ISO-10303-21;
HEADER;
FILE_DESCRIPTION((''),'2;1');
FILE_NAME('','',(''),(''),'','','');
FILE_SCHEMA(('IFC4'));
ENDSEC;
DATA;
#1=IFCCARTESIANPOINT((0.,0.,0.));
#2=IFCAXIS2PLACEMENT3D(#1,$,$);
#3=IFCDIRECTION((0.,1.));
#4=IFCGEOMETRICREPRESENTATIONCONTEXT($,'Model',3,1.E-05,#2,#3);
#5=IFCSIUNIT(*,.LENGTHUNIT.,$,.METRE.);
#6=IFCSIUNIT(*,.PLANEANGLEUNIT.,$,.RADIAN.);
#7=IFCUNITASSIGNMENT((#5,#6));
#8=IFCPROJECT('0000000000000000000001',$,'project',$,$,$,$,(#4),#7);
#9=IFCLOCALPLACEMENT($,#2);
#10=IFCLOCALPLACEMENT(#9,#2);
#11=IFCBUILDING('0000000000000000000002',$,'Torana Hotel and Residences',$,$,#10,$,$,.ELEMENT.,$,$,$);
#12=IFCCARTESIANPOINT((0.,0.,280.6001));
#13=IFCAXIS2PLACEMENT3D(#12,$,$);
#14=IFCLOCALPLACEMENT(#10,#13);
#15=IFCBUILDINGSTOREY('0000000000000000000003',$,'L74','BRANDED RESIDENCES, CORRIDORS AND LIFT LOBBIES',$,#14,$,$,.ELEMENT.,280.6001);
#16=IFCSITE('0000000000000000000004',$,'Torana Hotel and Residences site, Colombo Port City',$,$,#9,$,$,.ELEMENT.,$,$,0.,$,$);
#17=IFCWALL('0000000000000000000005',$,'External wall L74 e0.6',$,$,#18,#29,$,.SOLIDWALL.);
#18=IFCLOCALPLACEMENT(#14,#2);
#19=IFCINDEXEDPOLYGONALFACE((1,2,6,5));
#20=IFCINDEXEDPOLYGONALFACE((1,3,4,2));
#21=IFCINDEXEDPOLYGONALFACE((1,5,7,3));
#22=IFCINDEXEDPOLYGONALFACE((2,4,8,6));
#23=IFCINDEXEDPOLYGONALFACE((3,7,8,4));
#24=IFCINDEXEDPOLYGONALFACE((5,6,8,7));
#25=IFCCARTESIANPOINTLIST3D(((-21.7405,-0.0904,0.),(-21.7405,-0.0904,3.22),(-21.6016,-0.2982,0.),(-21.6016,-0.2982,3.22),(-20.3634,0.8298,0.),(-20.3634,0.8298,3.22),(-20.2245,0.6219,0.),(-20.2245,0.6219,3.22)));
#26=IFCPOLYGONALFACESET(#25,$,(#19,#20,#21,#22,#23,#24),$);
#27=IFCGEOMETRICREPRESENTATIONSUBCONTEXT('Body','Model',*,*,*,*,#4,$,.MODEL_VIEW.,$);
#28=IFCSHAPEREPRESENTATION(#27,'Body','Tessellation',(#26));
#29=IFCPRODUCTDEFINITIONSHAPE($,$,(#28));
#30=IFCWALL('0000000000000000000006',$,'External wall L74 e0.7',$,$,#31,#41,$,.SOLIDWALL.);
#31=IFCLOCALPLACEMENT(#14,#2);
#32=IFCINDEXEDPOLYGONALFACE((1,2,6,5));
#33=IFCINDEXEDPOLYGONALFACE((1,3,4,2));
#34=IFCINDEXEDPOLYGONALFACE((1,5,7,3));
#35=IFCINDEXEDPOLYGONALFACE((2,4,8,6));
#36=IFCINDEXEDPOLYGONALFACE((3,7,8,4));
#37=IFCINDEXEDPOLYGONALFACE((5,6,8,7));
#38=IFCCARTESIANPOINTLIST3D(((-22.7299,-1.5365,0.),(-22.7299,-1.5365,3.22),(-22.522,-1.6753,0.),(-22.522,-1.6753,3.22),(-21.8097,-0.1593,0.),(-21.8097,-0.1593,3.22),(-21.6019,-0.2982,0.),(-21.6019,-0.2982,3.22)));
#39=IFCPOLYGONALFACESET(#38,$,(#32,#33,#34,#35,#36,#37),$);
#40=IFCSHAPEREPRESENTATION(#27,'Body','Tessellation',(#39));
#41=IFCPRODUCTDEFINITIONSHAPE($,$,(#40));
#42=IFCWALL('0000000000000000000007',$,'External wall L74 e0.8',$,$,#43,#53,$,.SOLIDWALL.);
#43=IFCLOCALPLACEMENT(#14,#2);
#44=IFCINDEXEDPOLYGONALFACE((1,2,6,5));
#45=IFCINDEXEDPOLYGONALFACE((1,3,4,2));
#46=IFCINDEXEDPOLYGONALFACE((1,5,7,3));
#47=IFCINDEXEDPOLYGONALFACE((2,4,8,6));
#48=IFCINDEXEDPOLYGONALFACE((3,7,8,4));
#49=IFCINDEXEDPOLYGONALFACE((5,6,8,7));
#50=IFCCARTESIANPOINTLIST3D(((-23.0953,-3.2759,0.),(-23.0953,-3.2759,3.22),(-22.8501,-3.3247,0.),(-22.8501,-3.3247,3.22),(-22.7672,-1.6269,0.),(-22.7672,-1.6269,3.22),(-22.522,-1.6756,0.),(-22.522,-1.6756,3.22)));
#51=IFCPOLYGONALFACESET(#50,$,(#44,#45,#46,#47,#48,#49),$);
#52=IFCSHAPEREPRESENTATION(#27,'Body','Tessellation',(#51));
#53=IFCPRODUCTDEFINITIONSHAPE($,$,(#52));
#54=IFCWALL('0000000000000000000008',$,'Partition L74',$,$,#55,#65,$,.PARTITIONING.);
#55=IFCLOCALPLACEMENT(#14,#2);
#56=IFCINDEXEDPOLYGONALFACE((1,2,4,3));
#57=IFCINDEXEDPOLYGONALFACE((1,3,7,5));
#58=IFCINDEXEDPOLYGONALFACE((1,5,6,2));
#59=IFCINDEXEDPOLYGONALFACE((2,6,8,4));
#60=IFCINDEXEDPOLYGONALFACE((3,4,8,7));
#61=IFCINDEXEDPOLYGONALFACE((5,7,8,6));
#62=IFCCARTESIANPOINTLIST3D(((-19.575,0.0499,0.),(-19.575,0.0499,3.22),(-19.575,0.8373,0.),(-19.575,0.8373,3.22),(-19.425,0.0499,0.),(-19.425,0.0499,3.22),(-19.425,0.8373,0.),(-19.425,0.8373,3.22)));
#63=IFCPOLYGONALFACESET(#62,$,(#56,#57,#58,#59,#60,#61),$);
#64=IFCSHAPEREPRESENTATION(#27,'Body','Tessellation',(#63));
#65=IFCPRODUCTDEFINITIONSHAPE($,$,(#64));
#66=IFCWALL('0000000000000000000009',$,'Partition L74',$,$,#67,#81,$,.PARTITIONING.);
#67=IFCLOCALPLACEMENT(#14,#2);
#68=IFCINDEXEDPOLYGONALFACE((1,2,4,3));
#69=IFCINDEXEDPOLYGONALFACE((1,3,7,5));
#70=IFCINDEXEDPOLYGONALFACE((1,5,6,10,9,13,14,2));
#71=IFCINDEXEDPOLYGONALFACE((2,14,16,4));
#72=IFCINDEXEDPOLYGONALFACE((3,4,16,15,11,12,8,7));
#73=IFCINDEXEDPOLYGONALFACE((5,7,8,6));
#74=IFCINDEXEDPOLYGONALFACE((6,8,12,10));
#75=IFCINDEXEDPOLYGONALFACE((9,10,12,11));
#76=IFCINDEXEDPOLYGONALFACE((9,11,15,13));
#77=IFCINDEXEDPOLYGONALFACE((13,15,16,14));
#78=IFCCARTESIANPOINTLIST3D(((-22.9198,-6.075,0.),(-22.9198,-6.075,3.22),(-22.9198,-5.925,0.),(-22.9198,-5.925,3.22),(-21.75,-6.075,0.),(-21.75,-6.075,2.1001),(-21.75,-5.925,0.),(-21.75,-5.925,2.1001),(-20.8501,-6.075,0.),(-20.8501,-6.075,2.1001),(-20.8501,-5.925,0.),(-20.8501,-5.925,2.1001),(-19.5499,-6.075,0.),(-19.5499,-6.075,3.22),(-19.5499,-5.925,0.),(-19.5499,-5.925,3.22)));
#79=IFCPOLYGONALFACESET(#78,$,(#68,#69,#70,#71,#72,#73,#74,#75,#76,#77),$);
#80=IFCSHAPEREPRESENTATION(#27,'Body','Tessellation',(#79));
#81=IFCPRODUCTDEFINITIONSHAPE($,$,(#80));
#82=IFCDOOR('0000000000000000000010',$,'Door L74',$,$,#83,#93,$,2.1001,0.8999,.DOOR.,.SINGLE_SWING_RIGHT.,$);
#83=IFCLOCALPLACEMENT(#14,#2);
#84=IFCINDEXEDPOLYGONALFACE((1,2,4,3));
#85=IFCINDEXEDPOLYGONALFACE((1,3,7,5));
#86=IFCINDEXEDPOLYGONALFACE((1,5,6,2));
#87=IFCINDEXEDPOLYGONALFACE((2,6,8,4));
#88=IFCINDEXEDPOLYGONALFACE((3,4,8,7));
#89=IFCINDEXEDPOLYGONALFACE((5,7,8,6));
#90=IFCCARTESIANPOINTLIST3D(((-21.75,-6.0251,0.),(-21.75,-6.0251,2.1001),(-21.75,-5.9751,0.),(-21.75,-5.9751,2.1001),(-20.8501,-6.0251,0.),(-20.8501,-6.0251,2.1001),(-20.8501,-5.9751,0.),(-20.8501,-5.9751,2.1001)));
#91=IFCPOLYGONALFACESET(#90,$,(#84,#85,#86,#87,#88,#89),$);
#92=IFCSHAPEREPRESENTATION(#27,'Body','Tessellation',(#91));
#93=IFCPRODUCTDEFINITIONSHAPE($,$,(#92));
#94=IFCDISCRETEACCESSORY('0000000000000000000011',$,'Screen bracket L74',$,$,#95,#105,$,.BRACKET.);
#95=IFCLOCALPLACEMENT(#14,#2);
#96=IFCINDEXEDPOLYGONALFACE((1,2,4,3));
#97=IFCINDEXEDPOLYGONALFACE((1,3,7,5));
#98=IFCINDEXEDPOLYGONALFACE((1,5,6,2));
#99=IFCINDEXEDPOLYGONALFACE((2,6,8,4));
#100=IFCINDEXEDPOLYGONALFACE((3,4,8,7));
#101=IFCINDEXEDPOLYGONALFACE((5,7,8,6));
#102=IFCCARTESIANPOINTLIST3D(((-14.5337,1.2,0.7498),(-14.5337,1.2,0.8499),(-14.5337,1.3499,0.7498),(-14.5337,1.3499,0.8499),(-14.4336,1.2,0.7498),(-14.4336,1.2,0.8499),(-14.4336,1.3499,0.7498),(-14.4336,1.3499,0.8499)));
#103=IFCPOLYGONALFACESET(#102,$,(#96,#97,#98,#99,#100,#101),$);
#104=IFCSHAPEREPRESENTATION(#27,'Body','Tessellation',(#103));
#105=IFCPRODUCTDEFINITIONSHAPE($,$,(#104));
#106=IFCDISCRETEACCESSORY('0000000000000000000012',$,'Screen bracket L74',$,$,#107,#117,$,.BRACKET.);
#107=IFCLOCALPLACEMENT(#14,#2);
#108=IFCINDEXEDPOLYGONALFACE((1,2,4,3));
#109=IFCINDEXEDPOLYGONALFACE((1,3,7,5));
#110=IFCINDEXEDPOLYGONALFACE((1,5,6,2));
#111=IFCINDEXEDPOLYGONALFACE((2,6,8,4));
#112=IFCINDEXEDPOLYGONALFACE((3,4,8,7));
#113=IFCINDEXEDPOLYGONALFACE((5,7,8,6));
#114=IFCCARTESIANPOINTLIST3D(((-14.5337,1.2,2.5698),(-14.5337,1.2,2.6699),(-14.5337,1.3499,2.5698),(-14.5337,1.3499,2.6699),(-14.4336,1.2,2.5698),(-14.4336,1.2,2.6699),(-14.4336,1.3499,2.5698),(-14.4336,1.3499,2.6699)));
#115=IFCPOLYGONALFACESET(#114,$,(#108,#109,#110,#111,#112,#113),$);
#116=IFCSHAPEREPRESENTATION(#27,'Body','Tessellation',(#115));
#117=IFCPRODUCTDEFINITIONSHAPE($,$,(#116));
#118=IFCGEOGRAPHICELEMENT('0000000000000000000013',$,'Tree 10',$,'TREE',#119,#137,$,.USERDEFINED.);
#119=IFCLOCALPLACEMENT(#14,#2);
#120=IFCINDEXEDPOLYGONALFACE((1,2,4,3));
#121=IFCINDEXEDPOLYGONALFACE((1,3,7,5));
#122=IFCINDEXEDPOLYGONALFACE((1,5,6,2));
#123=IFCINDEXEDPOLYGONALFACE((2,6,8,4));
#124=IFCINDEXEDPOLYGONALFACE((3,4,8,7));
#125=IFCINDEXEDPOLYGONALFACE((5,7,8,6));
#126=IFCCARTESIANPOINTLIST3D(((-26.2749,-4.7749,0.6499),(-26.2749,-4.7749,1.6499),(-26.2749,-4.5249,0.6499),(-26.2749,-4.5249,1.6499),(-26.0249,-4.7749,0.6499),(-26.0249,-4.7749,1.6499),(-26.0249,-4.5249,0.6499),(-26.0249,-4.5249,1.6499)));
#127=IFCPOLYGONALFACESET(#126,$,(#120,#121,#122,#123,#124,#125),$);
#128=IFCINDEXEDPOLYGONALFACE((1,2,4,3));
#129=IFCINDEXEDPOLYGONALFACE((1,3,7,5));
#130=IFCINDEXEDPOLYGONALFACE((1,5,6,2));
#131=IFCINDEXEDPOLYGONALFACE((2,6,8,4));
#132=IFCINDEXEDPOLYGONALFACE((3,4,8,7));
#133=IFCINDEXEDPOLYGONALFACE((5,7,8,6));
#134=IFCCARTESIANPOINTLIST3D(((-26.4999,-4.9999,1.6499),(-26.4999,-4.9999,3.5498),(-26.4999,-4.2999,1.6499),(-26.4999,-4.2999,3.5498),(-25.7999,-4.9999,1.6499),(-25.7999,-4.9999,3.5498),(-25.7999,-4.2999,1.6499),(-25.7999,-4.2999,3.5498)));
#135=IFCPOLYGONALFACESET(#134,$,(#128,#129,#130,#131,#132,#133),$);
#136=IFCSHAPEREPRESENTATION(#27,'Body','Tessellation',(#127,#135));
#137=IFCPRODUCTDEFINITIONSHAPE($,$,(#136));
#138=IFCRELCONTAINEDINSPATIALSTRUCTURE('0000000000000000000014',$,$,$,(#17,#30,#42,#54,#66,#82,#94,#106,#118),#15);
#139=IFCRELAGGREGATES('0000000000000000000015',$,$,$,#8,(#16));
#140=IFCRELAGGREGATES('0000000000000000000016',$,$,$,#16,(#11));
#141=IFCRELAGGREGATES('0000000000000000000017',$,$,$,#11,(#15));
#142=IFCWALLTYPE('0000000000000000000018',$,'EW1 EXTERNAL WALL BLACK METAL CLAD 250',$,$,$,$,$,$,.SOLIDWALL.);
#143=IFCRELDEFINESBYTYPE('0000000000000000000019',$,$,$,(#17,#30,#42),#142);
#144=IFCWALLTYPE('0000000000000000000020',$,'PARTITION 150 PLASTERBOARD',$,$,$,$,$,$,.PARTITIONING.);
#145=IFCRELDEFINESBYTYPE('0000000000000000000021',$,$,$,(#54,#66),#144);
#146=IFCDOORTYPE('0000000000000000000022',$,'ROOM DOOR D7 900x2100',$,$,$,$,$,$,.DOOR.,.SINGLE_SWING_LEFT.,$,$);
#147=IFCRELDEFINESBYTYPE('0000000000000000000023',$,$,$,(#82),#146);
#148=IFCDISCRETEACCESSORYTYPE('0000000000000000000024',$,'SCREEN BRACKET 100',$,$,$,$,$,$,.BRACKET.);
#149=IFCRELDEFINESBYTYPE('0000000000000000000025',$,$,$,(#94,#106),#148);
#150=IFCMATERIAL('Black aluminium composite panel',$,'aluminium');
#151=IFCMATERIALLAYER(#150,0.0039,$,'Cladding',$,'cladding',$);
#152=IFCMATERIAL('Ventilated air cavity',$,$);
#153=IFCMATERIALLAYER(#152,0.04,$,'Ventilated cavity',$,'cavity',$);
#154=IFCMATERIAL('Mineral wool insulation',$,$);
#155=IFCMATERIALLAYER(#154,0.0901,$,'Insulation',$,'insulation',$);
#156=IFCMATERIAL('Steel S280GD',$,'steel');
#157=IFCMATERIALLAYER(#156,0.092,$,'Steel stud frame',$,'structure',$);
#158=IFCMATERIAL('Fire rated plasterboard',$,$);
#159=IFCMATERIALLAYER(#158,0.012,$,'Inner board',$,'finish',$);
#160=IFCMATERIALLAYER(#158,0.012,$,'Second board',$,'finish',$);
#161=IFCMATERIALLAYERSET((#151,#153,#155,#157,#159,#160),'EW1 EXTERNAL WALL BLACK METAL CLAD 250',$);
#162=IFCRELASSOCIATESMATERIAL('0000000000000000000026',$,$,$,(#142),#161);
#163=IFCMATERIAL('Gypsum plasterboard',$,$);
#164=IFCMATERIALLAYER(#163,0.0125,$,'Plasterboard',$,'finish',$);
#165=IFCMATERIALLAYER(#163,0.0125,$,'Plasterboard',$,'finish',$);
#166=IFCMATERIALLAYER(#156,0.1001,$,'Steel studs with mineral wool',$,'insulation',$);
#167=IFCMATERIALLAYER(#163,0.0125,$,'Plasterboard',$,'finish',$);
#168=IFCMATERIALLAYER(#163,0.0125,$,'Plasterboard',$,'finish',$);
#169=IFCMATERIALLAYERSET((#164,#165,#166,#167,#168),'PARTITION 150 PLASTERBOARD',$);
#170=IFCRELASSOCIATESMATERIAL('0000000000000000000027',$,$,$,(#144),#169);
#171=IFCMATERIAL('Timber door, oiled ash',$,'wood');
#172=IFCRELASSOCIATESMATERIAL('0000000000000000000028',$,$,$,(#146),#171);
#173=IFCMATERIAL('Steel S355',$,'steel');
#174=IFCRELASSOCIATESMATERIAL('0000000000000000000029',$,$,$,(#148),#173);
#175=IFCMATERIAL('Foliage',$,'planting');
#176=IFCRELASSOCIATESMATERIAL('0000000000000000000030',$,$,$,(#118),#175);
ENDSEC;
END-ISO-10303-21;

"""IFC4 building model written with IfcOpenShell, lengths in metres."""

from ifc_helpers import new_model, si_unit, direction, frame, frame_2d, origin, origin_2d, place, context, subcontext, project, spatial, rectangle, extrude, material, layer, layer_set, type_object, element, fill, save


model = new_model("IFC4")

# Units and contexts
model_context = context("Model", 3, precision=1e-05, world=origin(), true_north=direction((0.0, 1.0)))
body_context = subcontext(model_context, "Body", "Model", "MODEL_VIEW")
ifc_project = project(units=[si_unit("LENGTHUNIT", "METRE"), si_unit("PLANEANGLEUNIT", "RADIAN")], contexts=[model_context])

# Site, building, storey
site_placement = place(None, origin())
site = spatial("IfcSite", under=ifc_project, at=site_placement, Name="Torana Hotel and Residences site, Colombo Port City", CompositionType="ELEMENT", RefElevation=0.0)
building_placement = place(site_placement, origin())
building = spatial("IfcBuilding", under=site, at=building_placement, Name="Torana Hotel and Residences", CompositionType="ELEMENT")
storey_placement = place(building_placement, frame((0.0, 0.0, 280.6001)))
storey = spatial("IfcBuildingStorey", under=building, at=storey_placement, Name="L74", Description="BRANDED RESIDENCES, CORRIDORS AND LIFT LOBBIES", CompositionType="ELEMENT", Elevation=280.6001)

# Walls
ifc_material_1 = material(Name="Black aluminium composite panel", Category="aluminium")
ifc_layer_1 = layer(ifc_material_1, 0.0039, Name="Cladding", Category="cladding")
ifc_material_2 = material(Name="Ventilated air cavity")
ifc_layer_2 = layer(ifc_material_2, 0.04, Name="Ventilated cavity", Category="cavity")
ifc_material_3 = material(Name="Mineral wool insulation")
ifc_layer_3 = layer(ifc_material_3, 0.0901, Name="Insulation", Category="insulation")
ifc_material_4 = material(Name="Steel S280GD", Category="steel")
ifc_layer_4 = layer(ifc_material_4, 0.092, Name="Steel stud frame", Category="structure")
ifc_material_5 = material(Name="Fire rated plasterboard")
ifc_layer_5 = layer(ifc_material_5, 0.012, Name="Inner board", Category="finish")
ifc_layer_6 = layer(ifc_material_5, 0.012, Name="Second board", Category="finish")
ifc_layer_set_1 = layer_set([ifc_layer_1, ifc_layer_2, ifc_layer_3, ifc_layer_4, ifc_layer_5, ifc_layer_6], Name="EW1 EXTERNAL WALL BLACK METAL CLAD 250")
wall_type_1 = type_object("IfcWallType", Name="EW1 EXTERNAL WALL BLACK METAL CLAD 250", PredefinedType="SOLIDWALL", material=ifc_layer_set_1)
for number, where, z_axis, x_axis, name in (
    (1, (-20.2939, 0.7258, 0.0), (0.0, 0.0, 1.0), (-0.831483, -0.55555, 0.0), "External wall L74 e0.6"),
    (2, (-21.7058, -0.2288, 0.0), (0.0, 0.0, 1.0), (-0.55555, -0.831483, 0.0), "External wall L74 e0.7"),
):
    element("IfcWall", number, at=place(storey_placement, frame(where, z_axis=z_axis, x_axis=x_axis)), inside=storey, type_object=wall_type_1, Name=name, PredefinedType="SOLIDWALL", context=body_context, shape_type="SweptSolid", body=[
        extrude(rectangle(XDim=1.6562, YDim=0.25, at=frame_2d((0.8281, 0.0))), origin(), (0.0, 0.0, 1.0), 3.22),
    ])
wall_1_placement = place(storey_placement, frame((-22.6445, -1.6511, 0.0), z_axis=(0.0, 0.0, 1.0), x_axis=(-0.195139, -0.980776, 0.0)))
element("IfcWall", 3, at=wall_1_placement, inside=storey, type_object=wall_type_1, Name="External wall L74 e0.8", PredefinedType="SOLIDWALL", context=body_context, shape_type="SweptSolid", body=[
    extrude(rectangle(XDim=1.6814, YDim=0.25, at=frame_2d((0.8408, 0.0))), origin(), (0.0, 0.0, 1.0), 3.22),
])

# Wall
ifc_material_6 = material(Name="Gypsum plasterboard")
ifc_layer_7 = layer(ifc_material_6, 0.0125, Name="Plasterboard", Category="finish")
ifc_layer_8 = layer(ifc_material_6, 0.0125, Name="Plasterboard", Category="finish")
ifc_layer_9 = layer(ifc_material_4, 0.1001, Name="Steel studs with mineral wool", Category="insulation")
ifc_layer_10 = layer(ifc_material_6, 0.0125, Name="Plasterboard", Category="finish")
ifc_layer_11 = layer(ifc_material_6, 0.0125, Name="Plasterboard", Category="finish")
ifc_layer_set_2 = layer_set([ifc_layer_7, ifc_layer_8, ifc_layer_9, ifc_layer_10, ifc_layer_11], Name="PARTITION 150 PLASTERBOARD")
wall_type_2 = type_object("IfcWallType", Name="PARTITION 150 PLASTERBOARD", PredefinedType="PARTITIONING", material=ifc_layer_set_2)
wall_2_placement = place(storey_placement, frame((-19.5, 0.05, 0.0), z_axis=(0.0, 0.0, 1.0), x_axis=(0.0, 1.0, 0.0)))
element("IfcWall", 4, at=wall_2_placement, inside=storey, type_object=wall_type_2, Name="Partition L74", PredefinedType="PARTITIONING", context=body_context, shape_type="SweptSolid", body=[
    extrude(rectangle(XDim=0.7874, YDim=0.1499, at=frame_2d((0.3936, 0.0))), origin(), (0.0, 0.0, 1.0), 3.22),
])

# Wall, opening, door
wall_3_placement = place(storey_placement, frame((-22.9199, -6.0, 0.0), z_axis=(0.0, 0.0, 1.0), x_axis=(1.0, 0.0, 0.0)))
wall_3 = element("IfcWall", 5, at=wall_3_placement, inside=storey, type_object=wall_type_2, Name="Partition L74", PredefinedType="PARTITIONING", context=body_context, shape_type="SweptSolid", body=[
    extrude(rectangle(XDim=3.3699, YDim=0.1499, at=frame_2d((1.6851, 0.0))), origin(), (0.0, 0.0, 1.0), 3.22),
])
opening_1_placement = place(wall_3_placement, frame((1.1699, 0.0, 0.0)))
opening_1 = element("IfcOpeningElement", 6, at=opening_1_placement, cuts=wall_3, PredefinedType="OPENING", context=body_context, shape_type="SweptSolid", body=[
    extrude(rectangle(XDim=0.8999, YDim=2.1001, at=frame_2d((0.45, 1.05))), frame((0.0, 0.085, 0.0), z_axis=(0.0, -1.0, 0.0), x_axis=(1.0, 0.0, 0.0)), (0.0, 0.0, 1.0), 0.1699),
])
ifc_material_7 = material(Name="Timber door, oiled ash", Category="wood")
door_type_1 = type_object("IfcDoorType", Name="ROOM DOOR D7 900x2100", OperationType="SINGLE_SWING_LEFT", PredefinedType="DOOR", material=ifc_material_7)
door_1_placement = place(opening_1_placement, origin())
door_1 = element("IfcDoor", 7, at=door_1_placement, inside=storey, type_object=door_type_1, Name="Door L74", OperationType="SINGLE_SWING_RIGHT", OverallHeight=2.1001, OverallWidth=0.8999, PredefinedType="DOOR", context=body_context, shape_type="SweptSolid", body=[
    extrude(rectangle(XDim=0.8999, YDim=2.1001, at=frame_2d((0.45, 1.05))), frame((0.0, 0.0249, 0.0), z_axis=(0.0, -1.0, 0.0), x_axis=(1.0, 0.0, 0.0)), (0.0, 0.0, 1.0), 0.05),
])
fill(opening_1, door_1)

# Discrete accessories
ifc_material_8 = material(Name="Steel S355", Category="steel")
discrete_accessory_type = type_object("IfcDiscreteAccessoryType", Name="SCREEN BRACKET 100", PredefinedType="BRACKET", material=ifc_material_8)
for number, where, z_axis, x_axis, name in (
    (8, (-14.4836, 1.2749, 0.7498), (0.0, 0.0, 1.0), (-1.0, 0.0, 0.0), "Screen bracket L74"),
    (9, (-14.4836, 1.2749, 2.5698), (0.0, 0.0, 1.0), (-1.0, 0.0, 0.0), "Screen bracket L74"),
):
    element("IfcDiscreteAccessory", number, at=place(storey_placement, frame(where, z_axis=z_axis, x_axis=x_axis)), inside=storey, type_object=discrete_accessory_type, Name=name, PredefinedType="BRACKET", context=body_context, shape_type="SweptSolid", body=[
        extrude(rectangle(XDim=0.1001, YDim=0.1499, at=origin_2d()), origin(), (0.0, 0.0, 1.0), 0.1001),
    ])

# Geographic element
ifc_material_9 = material(Name="Foliage", Category="planting")
geographic_element_placement = place(storey_placement, frame((-26.1499, -4.6499, 0.6499), z_axis=(0.0, 0.0, 1.0), x_axis=(1.0, 0.0, 0.0)))
element("IfcGeographicElement", 10, at=geographic_element_placement, inside=storey, material=ifc_material_9, Name="Tree 10", ObjectType="TREE", PredefinedType="USERDEFINED", context=body_context, shape_type="SweptSolid", body=[
    extrude(rectangle(XDim=0.25, YDim=0.25, at=origin_2d()), origin(), (0.0, 0.0, 1.0), 1.0),
    extrude(rectangle(XDim=0.7, YDim=0.7, at=origin_2d()), frame((0.0, 0.0, 1.0)), (0.0, 0.0, 1.0), 1.8999),
])

save(model, "model.ifc")
